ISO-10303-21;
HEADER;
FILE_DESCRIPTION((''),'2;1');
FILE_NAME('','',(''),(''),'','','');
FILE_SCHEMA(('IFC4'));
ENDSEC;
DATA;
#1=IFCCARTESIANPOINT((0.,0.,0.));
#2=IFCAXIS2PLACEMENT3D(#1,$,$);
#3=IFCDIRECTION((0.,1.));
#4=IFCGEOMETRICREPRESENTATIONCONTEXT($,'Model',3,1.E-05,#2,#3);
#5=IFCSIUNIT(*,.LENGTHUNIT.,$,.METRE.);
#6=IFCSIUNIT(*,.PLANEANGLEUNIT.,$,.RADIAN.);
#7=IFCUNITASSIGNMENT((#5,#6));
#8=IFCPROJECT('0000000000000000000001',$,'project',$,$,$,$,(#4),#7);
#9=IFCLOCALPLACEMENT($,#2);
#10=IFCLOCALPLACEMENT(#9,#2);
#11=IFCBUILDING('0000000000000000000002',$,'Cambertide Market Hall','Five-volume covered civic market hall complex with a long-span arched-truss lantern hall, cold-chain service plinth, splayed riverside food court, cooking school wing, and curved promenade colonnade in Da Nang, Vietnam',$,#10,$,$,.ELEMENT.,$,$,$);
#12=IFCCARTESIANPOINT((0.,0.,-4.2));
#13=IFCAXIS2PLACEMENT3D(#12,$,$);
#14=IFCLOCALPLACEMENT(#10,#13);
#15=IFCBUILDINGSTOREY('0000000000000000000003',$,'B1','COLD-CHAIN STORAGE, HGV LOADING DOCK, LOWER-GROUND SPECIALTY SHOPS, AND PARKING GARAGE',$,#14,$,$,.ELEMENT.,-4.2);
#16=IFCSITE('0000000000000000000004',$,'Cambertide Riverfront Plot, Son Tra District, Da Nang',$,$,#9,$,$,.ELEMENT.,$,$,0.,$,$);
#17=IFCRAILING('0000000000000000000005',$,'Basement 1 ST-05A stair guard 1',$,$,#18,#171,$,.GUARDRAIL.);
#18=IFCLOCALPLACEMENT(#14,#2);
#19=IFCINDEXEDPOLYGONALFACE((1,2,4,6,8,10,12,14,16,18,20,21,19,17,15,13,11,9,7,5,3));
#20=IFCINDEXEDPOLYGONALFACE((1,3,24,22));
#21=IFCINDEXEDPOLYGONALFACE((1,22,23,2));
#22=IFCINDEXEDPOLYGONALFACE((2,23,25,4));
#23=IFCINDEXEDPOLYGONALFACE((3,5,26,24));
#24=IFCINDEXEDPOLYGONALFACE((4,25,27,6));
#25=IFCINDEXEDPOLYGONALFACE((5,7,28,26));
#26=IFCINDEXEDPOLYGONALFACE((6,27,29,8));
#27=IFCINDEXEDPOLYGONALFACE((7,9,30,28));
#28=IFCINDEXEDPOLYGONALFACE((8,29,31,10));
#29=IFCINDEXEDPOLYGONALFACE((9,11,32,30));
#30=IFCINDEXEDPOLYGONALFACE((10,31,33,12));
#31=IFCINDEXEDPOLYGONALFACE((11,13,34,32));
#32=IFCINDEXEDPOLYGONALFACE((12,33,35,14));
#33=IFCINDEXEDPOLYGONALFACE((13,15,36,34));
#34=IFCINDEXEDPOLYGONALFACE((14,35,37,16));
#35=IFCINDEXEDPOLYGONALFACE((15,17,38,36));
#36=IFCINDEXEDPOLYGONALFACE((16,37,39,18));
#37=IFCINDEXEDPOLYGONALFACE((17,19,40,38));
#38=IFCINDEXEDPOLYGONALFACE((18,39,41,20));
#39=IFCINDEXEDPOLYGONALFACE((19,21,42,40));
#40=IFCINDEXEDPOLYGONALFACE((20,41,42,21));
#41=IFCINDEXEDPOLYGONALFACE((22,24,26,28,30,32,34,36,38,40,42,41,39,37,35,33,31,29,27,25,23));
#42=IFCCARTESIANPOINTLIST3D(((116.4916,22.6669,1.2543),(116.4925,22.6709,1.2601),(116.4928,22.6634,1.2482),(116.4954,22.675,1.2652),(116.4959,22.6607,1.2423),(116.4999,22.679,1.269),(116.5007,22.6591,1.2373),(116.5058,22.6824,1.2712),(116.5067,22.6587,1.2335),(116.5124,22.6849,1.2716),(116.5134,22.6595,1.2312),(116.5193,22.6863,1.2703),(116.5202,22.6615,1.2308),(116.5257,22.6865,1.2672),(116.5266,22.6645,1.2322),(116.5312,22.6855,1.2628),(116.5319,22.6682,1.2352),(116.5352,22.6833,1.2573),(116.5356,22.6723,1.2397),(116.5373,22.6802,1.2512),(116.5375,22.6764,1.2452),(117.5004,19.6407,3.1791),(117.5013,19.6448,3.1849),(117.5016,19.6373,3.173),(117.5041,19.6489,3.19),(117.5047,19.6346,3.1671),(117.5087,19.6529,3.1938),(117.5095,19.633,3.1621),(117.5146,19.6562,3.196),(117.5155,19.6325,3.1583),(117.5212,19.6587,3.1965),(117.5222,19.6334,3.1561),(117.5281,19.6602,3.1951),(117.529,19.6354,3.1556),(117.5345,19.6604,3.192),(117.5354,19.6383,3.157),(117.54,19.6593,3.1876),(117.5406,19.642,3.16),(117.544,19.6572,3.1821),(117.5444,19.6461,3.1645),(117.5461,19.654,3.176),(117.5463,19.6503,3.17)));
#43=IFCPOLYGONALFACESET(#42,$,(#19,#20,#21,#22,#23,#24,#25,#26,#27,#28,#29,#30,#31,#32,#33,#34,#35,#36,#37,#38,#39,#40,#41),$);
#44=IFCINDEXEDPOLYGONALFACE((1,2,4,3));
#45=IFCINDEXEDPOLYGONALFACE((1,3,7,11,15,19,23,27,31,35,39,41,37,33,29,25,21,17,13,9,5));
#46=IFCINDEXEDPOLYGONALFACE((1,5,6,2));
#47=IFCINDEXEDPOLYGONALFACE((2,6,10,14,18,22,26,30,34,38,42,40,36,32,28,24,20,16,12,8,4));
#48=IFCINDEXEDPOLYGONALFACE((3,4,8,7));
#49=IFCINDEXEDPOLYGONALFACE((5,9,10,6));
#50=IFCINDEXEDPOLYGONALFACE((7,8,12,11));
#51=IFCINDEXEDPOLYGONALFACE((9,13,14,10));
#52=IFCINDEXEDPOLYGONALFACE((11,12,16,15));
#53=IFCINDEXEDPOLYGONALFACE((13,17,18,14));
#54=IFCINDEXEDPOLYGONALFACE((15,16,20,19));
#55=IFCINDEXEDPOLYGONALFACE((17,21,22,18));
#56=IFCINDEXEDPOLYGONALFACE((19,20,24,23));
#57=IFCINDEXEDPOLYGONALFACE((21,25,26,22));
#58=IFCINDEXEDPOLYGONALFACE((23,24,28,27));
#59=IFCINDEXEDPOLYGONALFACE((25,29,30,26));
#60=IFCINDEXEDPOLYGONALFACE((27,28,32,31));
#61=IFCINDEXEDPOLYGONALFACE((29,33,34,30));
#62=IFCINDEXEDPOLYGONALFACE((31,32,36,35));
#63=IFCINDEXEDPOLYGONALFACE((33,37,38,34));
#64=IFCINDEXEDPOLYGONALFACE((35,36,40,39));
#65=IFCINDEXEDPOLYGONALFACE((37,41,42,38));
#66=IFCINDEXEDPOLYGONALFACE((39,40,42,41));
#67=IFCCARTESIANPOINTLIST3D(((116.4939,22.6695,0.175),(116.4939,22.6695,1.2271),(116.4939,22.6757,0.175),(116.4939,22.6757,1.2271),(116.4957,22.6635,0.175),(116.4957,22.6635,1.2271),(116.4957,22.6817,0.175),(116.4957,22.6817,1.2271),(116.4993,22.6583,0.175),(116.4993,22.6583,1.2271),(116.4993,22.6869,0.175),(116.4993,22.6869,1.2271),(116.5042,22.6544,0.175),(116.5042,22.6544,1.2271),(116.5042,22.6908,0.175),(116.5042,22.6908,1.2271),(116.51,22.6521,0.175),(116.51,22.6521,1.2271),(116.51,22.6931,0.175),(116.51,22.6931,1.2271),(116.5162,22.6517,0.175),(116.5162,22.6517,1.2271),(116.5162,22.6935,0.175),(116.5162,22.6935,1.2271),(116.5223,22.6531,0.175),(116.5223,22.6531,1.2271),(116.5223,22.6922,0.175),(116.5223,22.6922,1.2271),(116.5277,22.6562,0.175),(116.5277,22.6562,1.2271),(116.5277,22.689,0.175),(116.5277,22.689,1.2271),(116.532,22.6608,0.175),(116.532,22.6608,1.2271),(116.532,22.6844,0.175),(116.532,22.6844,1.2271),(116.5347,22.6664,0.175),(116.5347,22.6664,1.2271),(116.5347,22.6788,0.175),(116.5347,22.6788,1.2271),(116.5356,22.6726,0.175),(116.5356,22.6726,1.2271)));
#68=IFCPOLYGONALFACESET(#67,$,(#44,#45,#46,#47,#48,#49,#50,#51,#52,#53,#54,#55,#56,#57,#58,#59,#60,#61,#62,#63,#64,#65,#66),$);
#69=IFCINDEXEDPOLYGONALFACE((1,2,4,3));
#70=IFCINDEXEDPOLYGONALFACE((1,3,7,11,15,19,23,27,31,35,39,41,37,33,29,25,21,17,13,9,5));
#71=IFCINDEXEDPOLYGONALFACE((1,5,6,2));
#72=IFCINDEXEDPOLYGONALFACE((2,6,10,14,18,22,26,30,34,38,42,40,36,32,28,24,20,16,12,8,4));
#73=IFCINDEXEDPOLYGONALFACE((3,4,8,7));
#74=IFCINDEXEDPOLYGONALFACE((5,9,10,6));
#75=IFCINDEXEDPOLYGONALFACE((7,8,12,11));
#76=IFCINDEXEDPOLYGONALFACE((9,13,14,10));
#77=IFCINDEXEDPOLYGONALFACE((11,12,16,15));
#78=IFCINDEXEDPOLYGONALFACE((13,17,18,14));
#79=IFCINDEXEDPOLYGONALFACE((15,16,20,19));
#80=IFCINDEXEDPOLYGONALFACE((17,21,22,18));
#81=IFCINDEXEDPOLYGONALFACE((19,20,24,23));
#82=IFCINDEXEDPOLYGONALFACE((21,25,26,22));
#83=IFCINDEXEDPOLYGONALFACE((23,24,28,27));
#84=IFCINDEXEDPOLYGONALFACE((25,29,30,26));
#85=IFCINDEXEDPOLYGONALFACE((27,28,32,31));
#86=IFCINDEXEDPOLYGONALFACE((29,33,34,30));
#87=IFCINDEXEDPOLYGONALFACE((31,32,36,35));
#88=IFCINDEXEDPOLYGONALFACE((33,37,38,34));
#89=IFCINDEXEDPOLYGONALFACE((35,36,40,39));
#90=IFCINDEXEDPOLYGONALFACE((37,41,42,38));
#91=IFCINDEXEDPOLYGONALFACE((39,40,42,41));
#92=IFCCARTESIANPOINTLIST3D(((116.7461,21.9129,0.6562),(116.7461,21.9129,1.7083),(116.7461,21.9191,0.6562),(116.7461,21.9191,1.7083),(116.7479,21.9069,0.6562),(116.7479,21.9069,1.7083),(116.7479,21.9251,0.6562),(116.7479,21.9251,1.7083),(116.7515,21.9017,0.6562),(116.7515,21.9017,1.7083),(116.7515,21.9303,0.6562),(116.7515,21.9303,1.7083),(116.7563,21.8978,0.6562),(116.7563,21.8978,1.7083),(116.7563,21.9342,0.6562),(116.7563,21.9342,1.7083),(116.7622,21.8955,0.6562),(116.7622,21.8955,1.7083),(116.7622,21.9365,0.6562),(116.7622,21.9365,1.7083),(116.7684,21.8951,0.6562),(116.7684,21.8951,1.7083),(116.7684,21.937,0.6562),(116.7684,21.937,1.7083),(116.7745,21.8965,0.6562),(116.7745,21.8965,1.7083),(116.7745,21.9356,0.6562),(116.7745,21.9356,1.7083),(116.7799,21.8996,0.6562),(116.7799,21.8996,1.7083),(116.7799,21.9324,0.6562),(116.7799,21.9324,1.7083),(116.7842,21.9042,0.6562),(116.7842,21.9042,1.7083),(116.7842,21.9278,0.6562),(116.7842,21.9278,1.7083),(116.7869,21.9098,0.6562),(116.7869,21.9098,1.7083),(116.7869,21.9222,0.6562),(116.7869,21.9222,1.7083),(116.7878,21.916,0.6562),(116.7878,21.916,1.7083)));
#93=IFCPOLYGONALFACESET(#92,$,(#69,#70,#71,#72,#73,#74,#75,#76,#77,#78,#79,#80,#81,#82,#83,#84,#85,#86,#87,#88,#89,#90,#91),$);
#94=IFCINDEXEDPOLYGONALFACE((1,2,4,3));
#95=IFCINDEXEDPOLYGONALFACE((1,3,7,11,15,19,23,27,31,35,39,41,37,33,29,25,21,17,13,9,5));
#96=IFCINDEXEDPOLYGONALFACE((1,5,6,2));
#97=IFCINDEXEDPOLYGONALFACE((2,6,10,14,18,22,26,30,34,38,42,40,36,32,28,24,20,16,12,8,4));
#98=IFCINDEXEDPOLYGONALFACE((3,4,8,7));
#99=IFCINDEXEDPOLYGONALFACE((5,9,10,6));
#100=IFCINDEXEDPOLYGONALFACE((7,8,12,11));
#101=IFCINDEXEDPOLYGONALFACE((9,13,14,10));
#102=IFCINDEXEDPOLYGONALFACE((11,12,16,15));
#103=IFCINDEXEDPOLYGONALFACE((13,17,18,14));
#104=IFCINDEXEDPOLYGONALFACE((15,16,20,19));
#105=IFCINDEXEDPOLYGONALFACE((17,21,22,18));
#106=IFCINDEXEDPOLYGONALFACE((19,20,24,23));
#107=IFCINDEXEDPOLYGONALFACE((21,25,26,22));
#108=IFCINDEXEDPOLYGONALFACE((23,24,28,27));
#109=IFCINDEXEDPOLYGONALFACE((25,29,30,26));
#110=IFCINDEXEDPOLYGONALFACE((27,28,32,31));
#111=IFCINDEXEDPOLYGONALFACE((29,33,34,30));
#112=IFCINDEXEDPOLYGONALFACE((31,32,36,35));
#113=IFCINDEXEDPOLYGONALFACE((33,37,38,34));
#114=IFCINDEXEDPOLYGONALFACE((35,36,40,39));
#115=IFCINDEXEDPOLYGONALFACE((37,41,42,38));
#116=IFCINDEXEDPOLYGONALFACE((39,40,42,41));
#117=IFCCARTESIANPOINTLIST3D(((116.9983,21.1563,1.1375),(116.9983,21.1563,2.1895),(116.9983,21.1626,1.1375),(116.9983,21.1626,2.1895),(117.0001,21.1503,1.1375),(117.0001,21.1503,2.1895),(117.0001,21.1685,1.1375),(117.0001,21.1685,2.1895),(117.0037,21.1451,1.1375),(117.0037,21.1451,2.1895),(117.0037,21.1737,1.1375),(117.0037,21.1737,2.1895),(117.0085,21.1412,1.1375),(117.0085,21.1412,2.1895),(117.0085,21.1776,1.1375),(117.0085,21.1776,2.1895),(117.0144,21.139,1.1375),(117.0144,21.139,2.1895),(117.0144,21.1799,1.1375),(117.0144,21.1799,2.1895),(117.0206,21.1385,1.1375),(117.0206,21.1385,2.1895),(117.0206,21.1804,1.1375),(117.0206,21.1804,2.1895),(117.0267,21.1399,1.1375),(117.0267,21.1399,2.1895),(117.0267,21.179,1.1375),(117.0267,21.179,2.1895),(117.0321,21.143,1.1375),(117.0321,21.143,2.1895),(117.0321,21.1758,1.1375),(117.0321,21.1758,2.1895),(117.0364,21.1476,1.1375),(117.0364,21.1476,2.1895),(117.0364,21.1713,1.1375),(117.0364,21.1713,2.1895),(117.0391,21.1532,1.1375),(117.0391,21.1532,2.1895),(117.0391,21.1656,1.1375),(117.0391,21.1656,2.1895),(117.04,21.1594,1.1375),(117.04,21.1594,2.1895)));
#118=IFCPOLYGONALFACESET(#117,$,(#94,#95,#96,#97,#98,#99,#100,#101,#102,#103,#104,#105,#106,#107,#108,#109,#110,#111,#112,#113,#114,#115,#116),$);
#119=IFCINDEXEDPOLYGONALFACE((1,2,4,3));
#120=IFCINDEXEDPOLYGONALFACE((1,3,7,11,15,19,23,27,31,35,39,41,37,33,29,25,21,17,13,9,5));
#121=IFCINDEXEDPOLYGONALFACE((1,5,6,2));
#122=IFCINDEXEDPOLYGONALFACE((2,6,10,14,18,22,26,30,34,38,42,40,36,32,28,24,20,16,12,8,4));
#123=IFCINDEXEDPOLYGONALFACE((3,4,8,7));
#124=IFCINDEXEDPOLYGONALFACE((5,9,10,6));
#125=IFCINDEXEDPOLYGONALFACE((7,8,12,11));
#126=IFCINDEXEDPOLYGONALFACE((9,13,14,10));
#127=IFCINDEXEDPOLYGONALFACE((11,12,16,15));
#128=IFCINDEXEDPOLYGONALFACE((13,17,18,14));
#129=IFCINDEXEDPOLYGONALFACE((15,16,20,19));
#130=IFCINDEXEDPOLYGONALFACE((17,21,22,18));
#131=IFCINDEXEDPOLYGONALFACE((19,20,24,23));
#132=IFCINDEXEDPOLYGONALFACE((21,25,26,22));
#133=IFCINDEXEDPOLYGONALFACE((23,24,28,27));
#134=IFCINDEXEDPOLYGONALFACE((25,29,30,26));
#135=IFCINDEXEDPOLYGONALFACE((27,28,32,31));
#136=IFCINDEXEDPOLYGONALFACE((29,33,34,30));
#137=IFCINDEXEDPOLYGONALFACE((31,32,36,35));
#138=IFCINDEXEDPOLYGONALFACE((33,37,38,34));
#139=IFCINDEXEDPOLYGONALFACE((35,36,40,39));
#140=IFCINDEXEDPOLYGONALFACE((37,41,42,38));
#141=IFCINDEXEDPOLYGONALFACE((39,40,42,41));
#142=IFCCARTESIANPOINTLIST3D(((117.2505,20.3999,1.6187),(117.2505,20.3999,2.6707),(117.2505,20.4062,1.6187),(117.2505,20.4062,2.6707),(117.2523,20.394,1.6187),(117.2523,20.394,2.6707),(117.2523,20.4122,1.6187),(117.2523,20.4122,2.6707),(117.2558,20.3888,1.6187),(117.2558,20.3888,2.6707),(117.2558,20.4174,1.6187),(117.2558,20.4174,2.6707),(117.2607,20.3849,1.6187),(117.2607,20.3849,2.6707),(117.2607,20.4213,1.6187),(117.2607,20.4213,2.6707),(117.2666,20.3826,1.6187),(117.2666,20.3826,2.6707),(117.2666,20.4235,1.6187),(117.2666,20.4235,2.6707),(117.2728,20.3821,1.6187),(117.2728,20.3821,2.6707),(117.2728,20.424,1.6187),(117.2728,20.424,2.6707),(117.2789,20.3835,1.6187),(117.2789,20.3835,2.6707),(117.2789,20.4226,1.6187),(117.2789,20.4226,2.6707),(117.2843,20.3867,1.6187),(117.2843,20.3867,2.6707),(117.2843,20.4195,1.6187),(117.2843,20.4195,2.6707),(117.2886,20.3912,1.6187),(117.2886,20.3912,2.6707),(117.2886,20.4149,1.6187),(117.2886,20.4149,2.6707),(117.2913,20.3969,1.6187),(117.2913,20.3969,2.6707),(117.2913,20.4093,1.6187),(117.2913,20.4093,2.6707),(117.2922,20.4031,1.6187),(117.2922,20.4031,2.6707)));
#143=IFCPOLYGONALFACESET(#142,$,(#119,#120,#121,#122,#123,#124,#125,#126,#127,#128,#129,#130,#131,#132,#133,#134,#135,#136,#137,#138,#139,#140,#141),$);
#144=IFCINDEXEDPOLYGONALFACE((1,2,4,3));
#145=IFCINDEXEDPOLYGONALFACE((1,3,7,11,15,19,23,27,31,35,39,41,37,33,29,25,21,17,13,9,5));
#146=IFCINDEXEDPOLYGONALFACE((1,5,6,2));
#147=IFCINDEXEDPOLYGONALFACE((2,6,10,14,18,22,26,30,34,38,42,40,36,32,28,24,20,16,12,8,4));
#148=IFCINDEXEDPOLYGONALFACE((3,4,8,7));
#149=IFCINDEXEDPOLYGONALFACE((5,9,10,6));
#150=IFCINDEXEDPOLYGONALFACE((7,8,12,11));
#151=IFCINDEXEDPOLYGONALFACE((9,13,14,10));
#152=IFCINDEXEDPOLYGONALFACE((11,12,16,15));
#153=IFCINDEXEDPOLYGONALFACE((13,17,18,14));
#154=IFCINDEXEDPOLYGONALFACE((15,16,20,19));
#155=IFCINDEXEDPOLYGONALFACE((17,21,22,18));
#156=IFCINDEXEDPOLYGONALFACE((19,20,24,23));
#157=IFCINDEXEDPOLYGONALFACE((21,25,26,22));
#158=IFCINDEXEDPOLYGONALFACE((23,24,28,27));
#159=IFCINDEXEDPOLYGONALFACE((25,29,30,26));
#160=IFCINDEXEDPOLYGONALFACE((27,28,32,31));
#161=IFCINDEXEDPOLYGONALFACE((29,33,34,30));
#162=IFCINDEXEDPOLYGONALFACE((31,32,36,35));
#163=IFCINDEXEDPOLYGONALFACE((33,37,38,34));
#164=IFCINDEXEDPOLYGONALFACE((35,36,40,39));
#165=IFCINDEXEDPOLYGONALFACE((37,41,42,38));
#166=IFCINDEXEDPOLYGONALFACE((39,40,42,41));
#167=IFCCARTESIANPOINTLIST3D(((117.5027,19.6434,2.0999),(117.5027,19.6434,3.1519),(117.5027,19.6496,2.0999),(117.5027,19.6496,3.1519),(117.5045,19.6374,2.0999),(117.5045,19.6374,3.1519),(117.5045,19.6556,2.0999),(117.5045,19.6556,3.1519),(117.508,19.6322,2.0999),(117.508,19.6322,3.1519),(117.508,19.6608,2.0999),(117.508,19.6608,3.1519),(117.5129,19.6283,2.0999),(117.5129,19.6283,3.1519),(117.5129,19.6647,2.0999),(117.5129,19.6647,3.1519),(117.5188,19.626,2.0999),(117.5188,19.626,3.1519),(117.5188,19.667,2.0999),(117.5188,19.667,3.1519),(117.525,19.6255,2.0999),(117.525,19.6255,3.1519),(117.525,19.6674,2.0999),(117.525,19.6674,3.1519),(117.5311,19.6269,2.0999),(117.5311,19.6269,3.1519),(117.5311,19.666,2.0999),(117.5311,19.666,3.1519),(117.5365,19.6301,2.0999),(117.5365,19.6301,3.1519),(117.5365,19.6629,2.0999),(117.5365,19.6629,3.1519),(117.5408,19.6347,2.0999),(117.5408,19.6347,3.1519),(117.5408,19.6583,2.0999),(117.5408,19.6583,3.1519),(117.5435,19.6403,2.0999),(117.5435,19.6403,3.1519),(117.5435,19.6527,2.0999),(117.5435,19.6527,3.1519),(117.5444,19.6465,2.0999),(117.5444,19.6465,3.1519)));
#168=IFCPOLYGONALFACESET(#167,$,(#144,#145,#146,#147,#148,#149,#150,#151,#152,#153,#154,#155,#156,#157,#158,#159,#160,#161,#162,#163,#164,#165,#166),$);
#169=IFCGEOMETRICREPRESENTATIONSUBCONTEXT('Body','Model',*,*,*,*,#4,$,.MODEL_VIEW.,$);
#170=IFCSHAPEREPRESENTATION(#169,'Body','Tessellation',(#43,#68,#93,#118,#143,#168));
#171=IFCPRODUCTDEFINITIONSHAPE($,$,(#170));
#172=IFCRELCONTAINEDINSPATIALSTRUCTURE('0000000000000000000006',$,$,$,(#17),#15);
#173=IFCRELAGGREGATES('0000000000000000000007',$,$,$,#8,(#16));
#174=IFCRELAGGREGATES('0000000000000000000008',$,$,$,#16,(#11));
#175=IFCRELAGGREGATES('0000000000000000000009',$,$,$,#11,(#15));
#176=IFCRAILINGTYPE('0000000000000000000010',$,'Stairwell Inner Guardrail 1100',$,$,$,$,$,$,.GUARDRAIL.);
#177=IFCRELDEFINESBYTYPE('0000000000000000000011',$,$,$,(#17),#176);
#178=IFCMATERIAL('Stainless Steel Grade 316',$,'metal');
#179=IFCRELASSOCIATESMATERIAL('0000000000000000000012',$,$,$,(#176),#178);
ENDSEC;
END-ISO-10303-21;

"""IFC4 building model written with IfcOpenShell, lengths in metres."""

from ifc_helpers import new_model, si_unit, direction, frame, origin, origin_2d, place, context, subcontext, project, spatial, circle, extrude, material, type_object, element, save


model = new_model("IFC4")

# Units and contexts
model_context = context("Model", 3, precision=1e-05, world=origin(), true_north=direction((0.0, 1.0)))
body_context = subcontext(model_context, "Body", "Model", "MODEL_VIEW")
ifc_project = project(units=[si_unit("LENGTHUNIT", "METRE"), si_unit("PLANEANGLEUNIT", "RADIAN")], contexts=[model_context])

# Site, building, storey
site_placement = place(None, origin())
site = spatial("IfcSite", under=ifc_project, at=site_placement, Name="Cambertide Riverfront Plot, Son Tra District, Da Nang", CompositionType="ELEMENT", RefElevation=0.0)
building_placement = place(site_placement, origin())
building = spatial("IfcBuilding", under=site, at=building_placement, Name="Cambertide Market Hall", Description="Five-volume covered civic market hall complex with a long-span arched-truss lantern hall, cold-chain service plinth, splayed riverside food court, cooking school wing, and curved promenade colonnade in Da Nang, Vietnam", CompositionType="ELEMENT")
storey_placement = place(building_placement, frame((0.0, 0.0, -4.2)))
storey = spatial("IfcBuildingStorey", under=building, at=storey_placement, Name="B1", Description="COLD-CHAIN STORAGE, HGV LOADING DOCK, LOWER-GROUND SPECIALTY SHOPS, AND PARKING GARAGE", CompositionType="ELEMENT", Elevation=-4.2)

# Railing
ifc_material_1 = material(Name="Stainless Steel Grade 316", Category="metal")
railing_type_1 = type_object("IfcRailingType", Name="Stairwell Inner Guardrail 1100", PredefinedType="GUARDRAIL", material=ifc_material_1)
railing_1_placement = place(storey_placement, frame((116.5146, 22.6726, 0.175)))
element("IfcRailing", 1, at=railing_1_placement, inside=storey, type_object=railing_type_1, Name="Basement 1 ST-05A stair guard 1", PredefinedType="GUARDRAIL", context=body_context, shape_type="SweptSolid", body=[
    extrude(circle(Radius=0.0239, at=origin_2d()), frame((0.0, 0.0, 1.0762), z_axis=(0.270774, -0.812255, 0.516646), x_axis=(0.948676, 0.316251, 0.0)), (0.0, 0.0, 1.0), 3.7256),
    extrude(circle(Radius=0.021, at=origin_2d()), origin(), (0.0, 0.0, 1.0), 1.052),
    extrude(circle(Radius=0.021, at=origin_2d()), frame((0.2522, -0.7566, 0.4812)), (0.0, 0.0, 1.0), 1.052),
    extrude(circle(Radius=0.021, at=origin_2d()), frame((0.5044, -1.5132, 0.9624)), (0.0, 0.0, 1.0), 1.052),
    extrude(circle(Radius=0.021, at=origin_2d()), frame((0.7566, -2.2695, 1.4436)), (0.0, 0.0, 1.0), 1.052),
    extrude(circle(Radius=0.021, at=origin_2d()), frame((1.0088, -3.0261, 1.9248)), (0.0, 0.0, 1.0), 1.052),
])

save(model, "model.ifc")
